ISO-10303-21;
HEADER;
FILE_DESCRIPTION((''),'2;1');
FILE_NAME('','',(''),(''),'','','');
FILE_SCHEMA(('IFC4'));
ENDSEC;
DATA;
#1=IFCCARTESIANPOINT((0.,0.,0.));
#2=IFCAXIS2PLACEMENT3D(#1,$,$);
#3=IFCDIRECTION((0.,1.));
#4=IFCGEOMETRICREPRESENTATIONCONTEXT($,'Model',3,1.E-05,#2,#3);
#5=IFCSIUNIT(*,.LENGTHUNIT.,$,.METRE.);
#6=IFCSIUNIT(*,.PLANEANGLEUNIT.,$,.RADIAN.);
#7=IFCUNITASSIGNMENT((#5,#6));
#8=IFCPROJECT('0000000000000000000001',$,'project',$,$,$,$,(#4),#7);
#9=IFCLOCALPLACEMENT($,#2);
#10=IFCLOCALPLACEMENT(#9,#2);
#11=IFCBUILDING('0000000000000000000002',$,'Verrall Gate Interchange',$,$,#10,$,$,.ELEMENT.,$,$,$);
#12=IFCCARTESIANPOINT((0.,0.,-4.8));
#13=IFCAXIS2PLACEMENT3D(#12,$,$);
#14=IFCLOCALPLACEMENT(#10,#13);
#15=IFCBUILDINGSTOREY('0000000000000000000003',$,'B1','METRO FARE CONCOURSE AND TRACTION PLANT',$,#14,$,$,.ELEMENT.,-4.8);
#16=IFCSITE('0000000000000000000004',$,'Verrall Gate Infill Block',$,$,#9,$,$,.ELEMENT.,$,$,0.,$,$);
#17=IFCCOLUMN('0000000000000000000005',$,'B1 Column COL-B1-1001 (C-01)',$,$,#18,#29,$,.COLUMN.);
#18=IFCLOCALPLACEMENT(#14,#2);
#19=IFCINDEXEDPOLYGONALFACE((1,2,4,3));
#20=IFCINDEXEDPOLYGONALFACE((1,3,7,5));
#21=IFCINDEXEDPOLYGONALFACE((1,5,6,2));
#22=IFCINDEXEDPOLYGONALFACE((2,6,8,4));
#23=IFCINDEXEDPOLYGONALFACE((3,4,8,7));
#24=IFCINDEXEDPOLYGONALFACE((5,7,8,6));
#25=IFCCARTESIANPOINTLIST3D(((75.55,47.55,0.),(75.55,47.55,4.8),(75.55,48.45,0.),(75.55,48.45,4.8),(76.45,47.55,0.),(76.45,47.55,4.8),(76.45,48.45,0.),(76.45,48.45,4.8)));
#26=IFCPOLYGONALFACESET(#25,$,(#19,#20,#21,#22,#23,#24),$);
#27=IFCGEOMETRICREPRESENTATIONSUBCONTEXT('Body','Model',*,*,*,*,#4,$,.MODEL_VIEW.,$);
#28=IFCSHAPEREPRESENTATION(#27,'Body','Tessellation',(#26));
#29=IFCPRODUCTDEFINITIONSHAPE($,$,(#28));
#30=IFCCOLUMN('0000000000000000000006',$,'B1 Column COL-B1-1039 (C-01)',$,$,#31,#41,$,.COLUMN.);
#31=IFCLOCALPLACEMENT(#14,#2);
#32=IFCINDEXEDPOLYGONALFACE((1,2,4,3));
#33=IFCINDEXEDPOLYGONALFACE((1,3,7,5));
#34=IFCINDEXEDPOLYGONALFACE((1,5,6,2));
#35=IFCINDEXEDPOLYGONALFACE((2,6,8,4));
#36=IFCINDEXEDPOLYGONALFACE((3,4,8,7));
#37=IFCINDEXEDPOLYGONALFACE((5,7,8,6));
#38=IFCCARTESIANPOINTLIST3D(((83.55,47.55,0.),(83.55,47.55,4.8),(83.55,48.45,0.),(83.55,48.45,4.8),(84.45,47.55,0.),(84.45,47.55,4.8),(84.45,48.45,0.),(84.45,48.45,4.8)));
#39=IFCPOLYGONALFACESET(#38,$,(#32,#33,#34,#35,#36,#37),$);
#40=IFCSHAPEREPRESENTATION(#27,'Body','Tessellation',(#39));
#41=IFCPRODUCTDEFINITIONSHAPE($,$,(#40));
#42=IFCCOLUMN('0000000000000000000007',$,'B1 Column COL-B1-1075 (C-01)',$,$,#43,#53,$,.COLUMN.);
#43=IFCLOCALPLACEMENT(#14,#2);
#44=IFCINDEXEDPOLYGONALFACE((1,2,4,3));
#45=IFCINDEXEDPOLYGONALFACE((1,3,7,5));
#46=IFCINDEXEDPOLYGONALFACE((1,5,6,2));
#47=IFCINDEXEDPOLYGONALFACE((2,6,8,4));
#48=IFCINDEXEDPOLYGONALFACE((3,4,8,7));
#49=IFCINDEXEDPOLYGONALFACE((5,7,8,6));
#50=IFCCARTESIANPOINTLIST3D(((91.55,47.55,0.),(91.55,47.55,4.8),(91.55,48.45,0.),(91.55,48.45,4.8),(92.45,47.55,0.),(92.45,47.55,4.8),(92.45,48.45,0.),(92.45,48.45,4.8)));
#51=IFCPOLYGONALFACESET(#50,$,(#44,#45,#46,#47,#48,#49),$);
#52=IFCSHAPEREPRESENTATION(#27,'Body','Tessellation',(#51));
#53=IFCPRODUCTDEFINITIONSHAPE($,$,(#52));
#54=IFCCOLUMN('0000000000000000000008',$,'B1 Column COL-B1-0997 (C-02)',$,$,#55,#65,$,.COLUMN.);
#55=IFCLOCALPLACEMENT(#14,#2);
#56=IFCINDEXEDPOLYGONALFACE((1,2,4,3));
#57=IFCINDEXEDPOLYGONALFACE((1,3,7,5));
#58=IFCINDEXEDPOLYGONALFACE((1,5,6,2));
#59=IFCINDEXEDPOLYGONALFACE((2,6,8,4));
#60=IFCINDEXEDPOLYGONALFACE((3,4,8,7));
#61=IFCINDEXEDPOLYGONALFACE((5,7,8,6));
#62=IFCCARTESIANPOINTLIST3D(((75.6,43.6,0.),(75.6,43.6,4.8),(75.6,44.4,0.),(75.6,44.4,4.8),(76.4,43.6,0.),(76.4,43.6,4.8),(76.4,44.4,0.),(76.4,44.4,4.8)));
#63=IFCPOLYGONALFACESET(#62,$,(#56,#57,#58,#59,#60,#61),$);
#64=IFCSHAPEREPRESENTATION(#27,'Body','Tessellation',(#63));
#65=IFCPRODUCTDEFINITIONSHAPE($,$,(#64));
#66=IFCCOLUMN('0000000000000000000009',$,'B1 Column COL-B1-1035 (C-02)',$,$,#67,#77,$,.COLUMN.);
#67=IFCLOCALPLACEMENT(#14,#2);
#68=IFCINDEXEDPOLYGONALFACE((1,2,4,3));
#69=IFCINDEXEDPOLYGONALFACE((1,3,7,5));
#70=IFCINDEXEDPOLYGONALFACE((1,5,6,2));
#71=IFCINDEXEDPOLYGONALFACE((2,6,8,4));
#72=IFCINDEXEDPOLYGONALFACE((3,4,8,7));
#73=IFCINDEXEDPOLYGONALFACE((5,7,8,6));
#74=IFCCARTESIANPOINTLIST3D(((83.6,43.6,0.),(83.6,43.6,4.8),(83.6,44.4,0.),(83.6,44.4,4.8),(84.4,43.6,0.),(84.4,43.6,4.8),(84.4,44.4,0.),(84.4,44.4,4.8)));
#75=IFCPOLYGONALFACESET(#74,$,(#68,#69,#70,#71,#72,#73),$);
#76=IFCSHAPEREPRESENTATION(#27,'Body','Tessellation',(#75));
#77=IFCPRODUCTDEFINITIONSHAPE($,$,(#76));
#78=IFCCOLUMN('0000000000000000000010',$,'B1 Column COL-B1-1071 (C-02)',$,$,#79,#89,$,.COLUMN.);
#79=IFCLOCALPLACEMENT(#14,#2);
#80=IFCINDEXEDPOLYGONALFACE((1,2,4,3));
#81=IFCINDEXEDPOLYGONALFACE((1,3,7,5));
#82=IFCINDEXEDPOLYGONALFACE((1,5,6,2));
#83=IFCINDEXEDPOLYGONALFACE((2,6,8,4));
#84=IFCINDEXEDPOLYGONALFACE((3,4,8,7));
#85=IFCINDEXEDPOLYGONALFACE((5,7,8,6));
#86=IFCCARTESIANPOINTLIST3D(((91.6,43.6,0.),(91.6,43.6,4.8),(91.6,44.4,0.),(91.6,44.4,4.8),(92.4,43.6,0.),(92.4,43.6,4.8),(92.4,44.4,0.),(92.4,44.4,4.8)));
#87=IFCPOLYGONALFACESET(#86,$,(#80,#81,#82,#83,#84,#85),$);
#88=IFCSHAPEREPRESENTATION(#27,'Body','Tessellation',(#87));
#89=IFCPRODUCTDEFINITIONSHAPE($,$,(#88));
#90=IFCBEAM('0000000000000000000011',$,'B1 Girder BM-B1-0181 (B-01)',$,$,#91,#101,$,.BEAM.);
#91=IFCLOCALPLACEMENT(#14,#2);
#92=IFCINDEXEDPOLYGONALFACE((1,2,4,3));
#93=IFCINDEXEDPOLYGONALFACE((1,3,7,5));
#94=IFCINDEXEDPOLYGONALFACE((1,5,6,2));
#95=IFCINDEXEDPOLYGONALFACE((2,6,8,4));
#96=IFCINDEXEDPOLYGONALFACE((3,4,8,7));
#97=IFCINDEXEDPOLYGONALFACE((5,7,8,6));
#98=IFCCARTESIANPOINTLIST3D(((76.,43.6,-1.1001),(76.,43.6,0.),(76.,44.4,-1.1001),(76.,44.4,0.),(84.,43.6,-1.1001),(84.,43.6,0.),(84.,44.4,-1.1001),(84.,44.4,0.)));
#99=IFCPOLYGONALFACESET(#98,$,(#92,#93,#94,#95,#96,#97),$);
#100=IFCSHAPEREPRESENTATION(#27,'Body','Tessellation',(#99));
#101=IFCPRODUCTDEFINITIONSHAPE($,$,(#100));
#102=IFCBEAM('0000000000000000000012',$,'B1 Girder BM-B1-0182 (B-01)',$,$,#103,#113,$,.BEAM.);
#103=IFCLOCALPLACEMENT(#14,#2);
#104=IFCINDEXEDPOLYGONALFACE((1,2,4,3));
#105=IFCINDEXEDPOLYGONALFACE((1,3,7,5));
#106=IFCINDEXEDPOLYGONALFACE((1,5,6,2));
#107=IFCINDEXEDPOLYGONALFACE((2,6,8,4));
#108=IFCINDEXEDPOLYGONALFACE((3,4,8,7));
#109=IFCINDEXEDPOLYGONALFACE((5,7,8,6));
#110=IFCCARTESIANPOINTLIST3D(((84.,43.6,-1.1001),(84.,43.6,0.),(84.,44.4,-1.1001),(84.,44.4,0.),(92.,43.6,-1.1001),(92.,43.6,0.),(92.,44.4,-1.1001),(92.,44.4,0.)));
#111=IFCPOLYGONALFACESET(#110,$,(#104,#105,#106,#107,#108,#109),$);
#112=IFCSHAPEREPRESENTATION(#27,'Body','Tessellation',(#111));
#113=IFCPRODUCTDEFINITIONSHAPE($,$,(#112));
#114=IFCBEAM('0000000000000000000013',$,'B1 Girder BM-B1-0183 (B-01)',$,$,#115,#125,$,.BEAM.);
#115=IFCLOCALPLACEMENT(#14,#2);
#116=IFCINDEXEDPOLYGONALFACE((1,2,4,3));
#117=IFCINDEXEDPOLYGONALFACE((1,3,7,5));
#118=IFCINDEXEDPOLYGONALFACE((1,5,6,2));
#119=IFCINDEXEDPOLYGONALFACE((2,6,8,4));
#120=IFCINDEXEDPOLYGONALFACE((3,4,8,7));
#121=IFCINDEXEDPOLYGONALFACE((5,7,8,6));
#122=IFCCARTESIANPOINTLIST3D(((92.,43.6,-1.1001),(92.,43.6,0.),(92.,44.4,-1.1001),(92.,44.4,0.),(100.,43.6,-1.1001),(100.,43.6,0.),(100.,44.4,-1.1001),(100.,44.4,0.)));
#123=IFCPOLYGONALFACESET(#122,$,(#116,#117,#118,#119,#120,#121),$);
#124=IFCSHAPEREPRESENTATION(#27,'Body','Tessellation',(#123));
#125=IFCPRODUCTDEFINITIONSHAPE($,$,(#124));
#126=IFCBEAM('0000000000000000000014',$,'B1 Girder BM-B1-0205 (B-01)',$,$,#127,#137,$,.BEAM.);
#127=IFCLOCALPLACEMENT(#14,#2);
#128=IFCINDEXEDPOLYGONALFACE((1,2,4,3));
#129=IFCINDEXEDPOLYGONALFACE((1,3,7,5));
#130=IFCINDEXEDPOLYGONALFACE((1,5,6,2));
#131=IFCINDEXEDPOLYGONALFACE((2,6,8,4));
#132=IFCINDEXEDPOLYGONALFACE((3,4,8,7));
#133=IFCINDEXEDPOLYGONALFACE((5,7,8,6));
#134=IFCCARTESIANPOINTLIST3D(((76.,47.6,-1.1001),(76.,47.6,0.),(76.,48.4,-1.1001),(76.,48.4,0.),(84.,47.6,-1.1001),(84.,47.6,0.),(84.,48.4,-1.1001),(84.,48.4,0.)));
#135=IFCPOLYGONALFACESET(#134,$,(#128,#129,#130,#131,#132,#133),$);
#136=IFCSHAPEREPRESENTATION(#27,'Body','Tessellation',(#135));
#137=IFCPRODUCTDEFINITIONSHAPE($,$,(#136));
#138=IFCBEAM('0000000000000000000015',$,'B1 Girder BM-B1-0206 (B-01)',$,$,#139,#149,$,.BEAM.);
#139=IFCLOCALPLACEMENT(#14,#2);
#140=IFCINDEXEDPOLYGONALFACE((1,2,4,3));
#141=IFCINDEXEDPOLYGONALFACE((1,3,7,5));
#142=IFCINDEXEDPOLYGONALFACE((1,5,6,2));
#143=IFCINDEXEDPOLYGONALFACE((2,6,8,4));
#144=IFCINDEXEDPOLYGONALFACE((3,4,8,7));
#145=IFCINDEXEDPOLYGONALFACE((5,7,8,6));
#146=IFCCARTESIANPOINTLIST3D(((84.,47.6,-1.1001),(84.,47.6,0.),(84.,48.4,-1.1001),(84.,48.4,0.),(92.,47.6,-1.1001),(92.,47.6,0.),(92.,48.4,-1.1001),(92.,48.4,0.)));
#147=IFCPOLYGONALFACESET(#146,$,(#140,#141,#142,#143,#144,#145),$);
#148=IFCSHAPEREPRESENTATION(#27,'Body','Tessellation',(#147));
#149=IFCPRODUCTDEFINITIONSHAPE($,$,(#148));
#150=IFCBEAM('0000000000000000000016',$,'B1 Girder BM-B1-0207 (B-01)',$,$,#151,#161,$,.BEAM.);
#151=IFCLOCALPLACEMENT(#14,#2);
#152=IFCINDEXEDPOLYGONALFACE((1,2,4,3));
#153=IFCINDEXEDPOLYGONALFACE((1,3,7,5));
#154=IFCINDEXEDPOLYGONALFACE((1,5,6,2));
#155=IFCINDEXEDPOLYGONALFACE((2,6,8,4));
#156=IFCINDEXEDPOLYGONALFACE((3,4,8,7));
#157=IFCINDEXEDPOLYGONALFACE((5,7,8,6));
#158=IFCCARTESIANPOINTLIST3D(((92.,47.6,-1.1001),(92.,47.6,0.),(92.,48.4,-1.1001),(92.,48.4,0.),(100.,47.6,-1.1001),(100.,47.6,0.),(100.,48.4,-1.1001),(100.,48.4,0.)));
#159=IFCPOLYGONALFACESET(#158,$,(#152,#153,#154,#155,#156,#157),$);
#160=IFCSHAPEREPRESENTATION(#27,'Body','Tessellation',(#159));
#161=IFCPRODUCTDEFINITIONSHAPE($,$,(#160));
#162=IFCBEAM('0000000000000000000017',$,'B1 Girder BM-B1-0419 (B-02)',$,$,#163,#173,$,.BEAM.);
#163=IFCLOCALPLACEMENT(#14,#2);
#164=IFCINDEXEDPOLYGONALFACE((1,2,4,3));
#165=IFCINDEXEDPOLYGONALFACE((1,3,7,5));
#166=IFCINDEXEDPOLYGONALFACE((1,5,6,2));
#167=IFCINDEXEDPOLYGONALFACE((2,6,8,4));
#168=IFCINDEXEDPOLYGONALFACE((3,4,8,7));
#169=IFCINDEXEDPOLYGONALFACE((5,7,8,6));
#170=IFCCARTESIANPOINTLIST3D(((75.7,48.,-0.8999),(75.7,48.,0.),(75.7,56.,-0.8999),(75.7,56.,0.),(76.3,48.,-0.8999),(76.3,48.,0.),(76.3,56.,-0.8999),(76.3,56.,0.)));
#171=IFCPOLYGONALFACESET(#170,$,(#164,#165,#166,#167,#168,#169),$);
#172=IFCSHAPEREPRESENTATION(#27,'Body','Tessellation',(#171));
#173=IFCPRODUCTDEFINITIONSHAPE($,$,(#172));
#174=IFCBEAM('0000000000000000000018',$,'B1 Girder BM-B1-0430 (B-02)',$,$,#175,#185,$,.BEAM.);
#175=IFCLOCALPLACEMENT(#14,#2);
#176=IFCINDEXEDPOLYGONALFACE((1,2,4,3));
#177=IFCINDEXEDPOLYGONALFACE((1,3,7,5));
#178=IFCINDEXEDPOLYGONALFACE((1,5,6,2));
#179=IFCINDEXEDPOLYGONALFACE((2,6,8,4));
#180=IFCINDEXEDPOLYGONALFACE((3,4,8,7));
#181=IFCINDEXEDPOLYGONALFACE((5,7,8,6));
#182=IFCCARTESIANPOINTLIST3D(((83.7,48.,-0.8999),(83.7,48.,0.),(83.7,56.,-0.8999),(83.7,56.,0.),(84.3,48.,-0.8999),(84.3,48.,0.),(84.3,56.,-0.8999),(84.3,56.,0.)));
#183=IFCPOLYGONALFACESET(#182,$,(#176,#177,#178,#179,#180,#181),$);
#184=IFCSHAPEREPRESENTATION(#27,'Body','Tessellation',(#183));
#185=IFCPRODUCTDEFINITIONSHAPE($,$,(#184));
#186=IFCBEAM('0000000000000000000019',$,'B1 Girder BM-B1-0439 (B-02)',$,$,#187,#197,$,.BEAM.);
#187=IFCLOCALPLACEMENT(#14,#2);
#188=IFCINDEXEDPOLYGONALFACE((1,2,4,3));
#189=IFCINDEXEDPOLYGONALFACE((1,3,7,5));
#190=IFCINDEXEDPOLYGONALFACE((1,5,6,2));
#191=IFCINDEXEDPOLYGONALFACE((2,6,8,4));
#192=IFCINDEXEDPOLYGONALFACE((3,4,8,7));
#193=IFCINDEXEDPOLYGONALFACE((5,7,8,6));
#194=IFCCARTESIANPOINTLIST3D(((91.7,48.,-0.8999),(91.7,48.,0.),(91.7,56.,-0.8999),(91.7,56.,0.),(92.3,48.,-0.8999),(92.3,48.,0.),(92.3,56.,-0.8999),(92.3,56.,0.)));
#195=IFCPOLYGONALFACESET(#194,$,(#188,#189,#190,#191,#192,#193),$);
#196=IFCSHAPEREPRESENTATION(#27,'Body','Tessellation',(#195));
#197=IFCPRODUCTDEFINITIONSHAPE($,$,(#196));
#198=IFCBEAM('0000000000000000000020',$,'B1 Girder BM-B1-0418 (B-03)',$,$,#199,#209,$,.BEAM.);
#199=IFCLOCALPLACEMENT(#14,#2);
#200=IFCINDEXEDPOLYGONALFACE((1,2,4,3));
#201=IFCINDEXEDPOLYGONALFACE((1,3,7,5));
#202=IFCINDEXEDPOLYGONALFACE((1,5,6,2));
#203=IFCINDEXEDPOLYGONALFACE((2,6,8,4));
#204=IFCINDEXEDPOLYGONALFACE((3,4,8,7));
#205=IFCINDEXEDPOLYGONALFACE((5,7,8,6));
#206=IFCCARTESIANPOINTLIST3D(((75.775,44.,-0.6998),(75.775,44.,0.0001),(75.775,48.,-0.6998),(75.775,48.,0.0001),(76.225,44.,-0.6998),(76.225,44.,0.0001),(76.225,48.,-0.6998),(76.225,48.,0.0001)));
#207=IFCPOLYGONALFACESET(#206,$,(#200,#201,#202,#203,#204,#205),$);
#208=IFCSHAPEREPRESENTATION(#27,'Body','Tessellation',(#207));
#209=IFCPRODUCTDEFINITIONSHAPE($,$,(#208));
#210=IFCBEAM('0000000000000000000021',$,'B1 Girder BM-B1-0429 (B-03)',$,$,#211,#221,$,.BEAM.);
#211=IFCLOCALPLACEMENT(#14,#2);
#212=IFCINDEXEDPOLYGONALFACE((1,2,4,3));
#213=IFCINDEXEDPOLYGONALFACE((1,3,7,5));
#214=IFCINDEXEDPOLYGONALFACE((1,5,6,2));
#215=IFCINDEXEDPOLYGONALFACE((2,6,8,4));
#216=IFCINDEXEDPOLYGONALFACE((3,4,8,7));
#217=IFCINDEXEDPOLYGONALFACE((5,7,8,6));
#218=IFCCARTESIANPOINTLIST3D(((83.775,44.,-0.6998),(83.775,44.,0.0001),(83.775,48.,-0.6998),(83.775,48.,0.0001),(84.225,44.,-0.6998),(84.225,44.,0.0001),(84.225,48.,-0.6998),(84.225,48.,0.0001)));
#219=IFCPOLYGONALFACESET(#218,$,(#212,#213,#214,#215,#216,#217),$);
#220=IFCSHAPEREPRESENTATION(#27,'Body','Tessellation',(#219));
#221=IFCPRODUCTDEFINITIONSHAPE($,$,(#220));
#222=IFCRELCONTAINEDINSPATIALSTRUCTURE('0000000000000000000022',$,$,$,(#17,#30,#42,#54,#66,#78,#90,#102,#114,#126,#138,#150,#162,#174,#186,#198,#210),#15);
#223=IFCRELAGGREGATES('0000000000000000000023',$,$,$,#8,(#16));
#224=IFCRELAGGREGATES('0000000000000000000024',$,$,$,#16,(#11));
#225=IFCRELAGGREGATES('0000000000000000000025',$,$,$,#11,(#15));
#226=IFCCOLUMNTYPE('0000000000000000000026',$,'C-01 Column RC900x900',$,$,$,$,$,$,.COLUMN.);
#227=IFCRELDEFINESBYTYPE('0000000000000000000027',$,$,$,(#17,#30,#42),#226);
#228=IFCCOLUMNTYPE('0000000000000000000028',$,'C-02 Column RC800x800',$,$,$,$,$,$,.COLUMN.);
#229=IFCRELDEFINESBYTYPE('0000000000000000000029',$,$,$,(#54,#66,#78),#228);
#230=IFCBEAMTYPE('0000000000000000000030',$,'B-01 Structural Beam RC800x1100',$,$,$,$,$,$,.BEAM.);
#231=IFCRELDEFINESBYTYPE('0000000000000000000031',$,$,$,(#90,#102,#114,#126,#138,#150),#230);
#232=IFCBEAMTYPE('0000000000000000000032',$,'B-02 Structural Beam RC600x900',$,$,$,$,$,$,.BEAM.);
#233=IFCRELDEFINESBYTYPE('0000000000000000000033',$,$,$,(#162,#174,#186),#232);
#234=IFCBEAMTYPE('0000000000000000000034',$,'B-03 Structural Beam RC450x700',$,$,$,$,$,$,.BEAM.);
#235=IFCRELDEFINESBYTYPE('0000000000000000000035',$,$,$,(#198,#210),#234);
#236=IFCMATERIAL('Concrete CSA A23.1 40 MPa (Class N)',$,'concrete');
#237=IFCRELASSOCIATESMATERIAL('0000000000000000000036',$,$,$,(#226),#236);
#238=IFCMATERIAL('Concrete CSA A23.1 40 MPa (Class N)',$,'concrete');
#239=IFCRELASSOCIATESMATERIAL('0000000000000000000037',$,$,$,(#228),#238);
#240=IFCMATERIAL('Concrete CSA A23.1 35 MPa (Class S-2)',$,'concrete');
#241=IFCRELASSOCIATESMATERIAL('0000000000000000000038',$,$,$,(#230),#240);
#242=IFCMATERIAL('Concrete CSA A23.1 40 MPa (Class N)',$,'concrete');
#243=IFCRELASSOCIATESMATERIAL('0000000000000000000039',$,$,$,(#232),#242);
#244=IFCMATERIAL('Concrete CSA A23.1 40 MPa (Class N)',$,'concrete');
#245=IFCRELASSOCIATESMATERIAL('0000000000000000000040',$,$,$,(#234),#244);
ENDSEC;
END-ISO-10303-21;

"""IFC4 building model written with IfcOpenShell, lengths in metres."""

from ifc_helpers import new_model, si_unit, direction, frame, origin, origin_2d, place, context, subcontext, project, spatial, rectangle, extrude, material, material_profile, profile_set, type_object, element, save


model = new_model("IFC4")

# Units and contexts
model_context = context("Model", 3, precision=1e-05, world=origin(), true_north=direction((0.0, 1.0)))
body_context = subcontext(model_context, "Body", "Model", "MODEL_VIEW")
ifc_project = project(units=[si_unit("LENGTHUNIT", "METRE"), si_unit("PLANEANGLEUNIT", "RADIAN")], contexts=[model_context])

# Site, building, storey
site_placement = place(None, origin())
site = spatial("IfcSite", under=ifc_project, at=site_placement, Name="Verrall Gate Infill Block", CompositionType="ELEMENT", RefElevation=0.0)
building_placement = place(site_placement, origin())
building = spatial("IfcBuilding", under=site, at=building_placement, Name="Verrall Gate Interchange", CompositionType="ELEMENT")
storey_placement = place(building_placement, frame((0.0, 0.0, -4.8)))
storey = spatial("IfcBuildingStorey", under=building, at=storey_placement, Name="B1", Description="METRO FARE CONCOURSE AND TRACTION PLANT", CompositionType="ELEMENT", Elevation=-4.8)

# Columns
ifc_material_1 = material(Name="Concrete CSA A23.1 40 MPa (Class N)", Category="concrete")
ifc_material_profile_1 = material_profile(ifc_material_1, rectangle(XDim=0.8999, YDim=0.8999, at=origin_2d()), Name="RC900x900")
ifc_profile_set_1 = profile_set([ifc_material_profile_1], Name="Concrete CSA A23.1 40 MPa (Class N)")
column_type_1 = type_object("IfcColumnType", Name="C-01 Column RC900x900", PredefinedType="COLUMN", material=ifc_profile_set_1)
for number, where, z_axis, x_axis, name in (
    (1, (76.0, 48.0, 0.0), (0.0, 0.0, 1.0), (1.0, 0.0, 0.0), "B1 Column COL-B1-1001 (C-01)"),
    (2, (84.0, 48.0, 0.0), (0.0, 0.0, 1.0), (1.0, 0.0, 0.0), "B1 Column COL-B1-1039 (C-01)"),
    (3, (92.0, 48.0, 0.0), (0.0, 0.0, 1.0), (1.0, 0.0, 0.0), "B1 Column COL-B1-1075 (C-01)"),
):
    element("IfcColumn", number, at=place(storey_placement, frame(where, z_axis=z_axis, x_axis=x_axis)), inside=storey, type_object=column_type_1, Name=name, PredefinedType="COLUMN", context=body_context, shape_type="SweptSolid", body=[
        extrude(rectangle(XDim=0.8999, YDim=0.8999, at=origin_2d()), origin(), (0.0, 0.0, 1.0), 4.8),
    ])
ifc_material_2 = material(Name="Concrete CSA A23.1 40 MPa (Class N)", Category="concrete")
ifc_material_profile_2 = material_profile(ifc_material_2, rectangle(XDim=0.8, YDim=0.8, at=origin_2d()), Name="RC800x800")
ifc_profile_set_2 = profile_set([ifc_material_profile_2], Name="Concrete CSA A23.1 40 MPa (Class N)")
column_type_2 = type_object("IfcColumnType", Name="C-02 Column RC800x800", PredefinedType="COLUMN", material=ifc_profile_set_2)
for number, where, z_axis, x_axis, name in (
    (4, (76.0, 44.0, 0.0), (0.0, 0.0, 1.0), (1.0, 0.0, 0.0), "B1 Column COL-B1-0997 (C-02)"),
    (5, (84.0, 44.0, 0.0), (0.0, 0.0, 1.0), (1.0, 0.0, 0.0), "B1 Column COL-B1-1035 (C-02)"),
    (6, (92.0, 44.0, 0.0), (0.0, 0.0, 1.0), (1.0, 0.0, 0.0), "B1 Column COL-B1-1071 (C-02)"),
):
    element("IfcColumn", number, at=place(storey_placement, frame(where, z_axis=z_axis, x_axis=x_axis)), inside=storey, type_object=column_type_2, Name=name, PredefinedType="COLUMN", context=body_context, shape_type="SweptSolid", body=[
        extrude(rectangle(XDim=0.8, YDim=0.8, at=origin_2d()), origin(), (0.0, 0.0, 1.0), 4.8),
    ])

# Beams
ifc_material_3 = material(Name="Concrete CSA A23.1 35 MPa (Class S-2)", Category="concrete")
ifc_material_profile_3 = material_profile(ifc_material_3, rectangle(XDim=0.8, YDim=1.1001, at=origin_2d()), Name="RC800x1100")
ifc_profile_set_3 = profile_set([ifc_material_profile_3], Name="Concrete CSA A23.1 35 MPa (Class S-2)")
beam_type_1 = type_object("IfcBeamType", Name="B-01 Structural Beam RC800x1100", PredefinedType="BEAM", material=ifc_profile_set_3)
for number, where, z_axis, x_axis, name in (
    (7, (76.0, 44.0, -0.55), (1.0, 0.0, 0.0), (0.0, 1.0, 0.0), "B1 Girder BM-B1-0181 (B-01)"),
    (8, (84.0, 44.0, -0.55), (1.0, 0.0, 0.0), (0.0, 1.0, 0.0), "B1 Girder BM-B1-0182 (B-01)"),
    (9, (92.0, 44.0, -0.55), (1.0, 0.0, 0.0), (0.0, 1.0, 0.0), "B1 Girder BM-B1-0183 (B-01)"),
    (10, (76.0, 48.0, -0.55), (1.0, 0.0, 0.0), (0.0, 1.0, 0.0), "B1 Girder BM-B1-0205 (B-01)"),
    (11, (84.0, 48.0, -0.55), (1.0, 0.0, 0.0), (0.0, 1.0, 0.0), "B1 Girder BM-B1-0206 (B-01)"),
    (12, (92.0, 48.0, -0.55), (1.0, 0.0, 0.0), (0.0, 1.0, 0.0), "B1 Girder BM-B1-0207 (B-01)"),
):
    element("IfcBeam", number, at=place(storey_placement, frame(where, z_axis=z_axis, x_axis=x_axis)), inside=storey, type_object=beam_type_1, Name=name, PredefinedType="BEAM", context=body_context, shape_type="SweptSolid", body=[
        extrude(rectangle(XDim=0.8, YDim=1.1001, at=origin_2d()), origin(), (0.0, 0.0, 1.0), 8.0),
    ])
ifc_material_4 = material(Name="Concrete CSA A23.1 40 MPa (Class N)", Category="concrete")
ifc_material_profile_4 = material_profile(ifc_material_4, rectangle(XDim=0.6001, YDim=0.8999, at=origin_2d()), Name="RC600x900")
ifc_profile_set_4 = profile_set([ifc_material_profile_4], Name="Concrete CSA A23.1 40 MPa (Class N)")
beam_type_2 = type_object("IfcBeamType", Name="B-02 Structural Beam RC600x900", PredefinedType="BEAM", material=ifc_profile_set_4)
for number, where, z_axis, x_axis, name in (
    (13, (76.0, 48.0, -0.45), (0.0, 1.0, 0.0), (-1.0, 0.0, 0.0), "B1 Girder BM-B1-0419 (B-02)"),
    (14, (84.0, 48.0, -0.45), (0.0, 1.0, 0.0), (-1.0, 0.0, 0.0), "B1 Girder BM-B1-0430 (B-02)"),
    (15, (92.0, 48.0, -0.45), (0.0, 1.0, 0.0), (-1.0, 0.0, 0.0), "B1 Girder BM-B1-0439 (B-02)"),
):
    element("IfcBeam", number, at=place(storey_placement, frame(where, z_axis=z_axis, x_axis=x_axis)), inside=storey, type_object=beam_type_2, Name=name, PredefinedType="BEAM", context=body_context, shape_type="SweptSolid", body=[
        extrude(rectangle(XDim=0.6001, YDim=0.8999, at=origin_2d()), origin(), (0.0, 0.0, 1.0), 8.0),
    ])
ifc_material_5 = material(Name="Concrete CSA A23.1 40 MPa (Class N)", Category="concrete")
ifc_material_profile_5 = material_profile(ifc_material_5, rectangle(XDim=0.45, YDim=0.7, at=origin_2d()), Name="RC450x700")
ifc_profile_set_5 = profile_set([ifc_material_profile_5], Name="Concrete CSA A23.1 40 MPa (Class N)")
beam_type_3 = type_object("IfcBeamType", Name="B-03 Structural Beam RC450x700", PredefinedType="BEAM", material=ifc_profile_set_5)
for number, where, z_axis, x_axis, name in (
    (16, (76.0, 44.0, -0.3499), (0.0, 1.0, 0.0), (-1.0, 0.0, 0.0), "B1 Girder BM-B1-0418 (B-03)"),
    (17, (84.0, 44.0, -0.3499), (0.0, 1.0, 0.0), (-1.0, 0.0, 0.0), "B1 Girder BM-B1-0429 (B-03)"),
):
    element("IfcBeam", number, at=place(storey_placement, frame(where, z_axis=z_axis, x_axis=x_axis)), inside=storey, type_object=beam_type_3, Name=name, PredefinedType="BEAM", context=body_context, shape_type="SweptSolid", body=[
        extrude(rectangle(XDim=0.45, YDim=0.7, at=origin_2d()), origin(), (0.0, 0.0, 1.0), 4.0),
    ])

save(model, "model.ifc")
